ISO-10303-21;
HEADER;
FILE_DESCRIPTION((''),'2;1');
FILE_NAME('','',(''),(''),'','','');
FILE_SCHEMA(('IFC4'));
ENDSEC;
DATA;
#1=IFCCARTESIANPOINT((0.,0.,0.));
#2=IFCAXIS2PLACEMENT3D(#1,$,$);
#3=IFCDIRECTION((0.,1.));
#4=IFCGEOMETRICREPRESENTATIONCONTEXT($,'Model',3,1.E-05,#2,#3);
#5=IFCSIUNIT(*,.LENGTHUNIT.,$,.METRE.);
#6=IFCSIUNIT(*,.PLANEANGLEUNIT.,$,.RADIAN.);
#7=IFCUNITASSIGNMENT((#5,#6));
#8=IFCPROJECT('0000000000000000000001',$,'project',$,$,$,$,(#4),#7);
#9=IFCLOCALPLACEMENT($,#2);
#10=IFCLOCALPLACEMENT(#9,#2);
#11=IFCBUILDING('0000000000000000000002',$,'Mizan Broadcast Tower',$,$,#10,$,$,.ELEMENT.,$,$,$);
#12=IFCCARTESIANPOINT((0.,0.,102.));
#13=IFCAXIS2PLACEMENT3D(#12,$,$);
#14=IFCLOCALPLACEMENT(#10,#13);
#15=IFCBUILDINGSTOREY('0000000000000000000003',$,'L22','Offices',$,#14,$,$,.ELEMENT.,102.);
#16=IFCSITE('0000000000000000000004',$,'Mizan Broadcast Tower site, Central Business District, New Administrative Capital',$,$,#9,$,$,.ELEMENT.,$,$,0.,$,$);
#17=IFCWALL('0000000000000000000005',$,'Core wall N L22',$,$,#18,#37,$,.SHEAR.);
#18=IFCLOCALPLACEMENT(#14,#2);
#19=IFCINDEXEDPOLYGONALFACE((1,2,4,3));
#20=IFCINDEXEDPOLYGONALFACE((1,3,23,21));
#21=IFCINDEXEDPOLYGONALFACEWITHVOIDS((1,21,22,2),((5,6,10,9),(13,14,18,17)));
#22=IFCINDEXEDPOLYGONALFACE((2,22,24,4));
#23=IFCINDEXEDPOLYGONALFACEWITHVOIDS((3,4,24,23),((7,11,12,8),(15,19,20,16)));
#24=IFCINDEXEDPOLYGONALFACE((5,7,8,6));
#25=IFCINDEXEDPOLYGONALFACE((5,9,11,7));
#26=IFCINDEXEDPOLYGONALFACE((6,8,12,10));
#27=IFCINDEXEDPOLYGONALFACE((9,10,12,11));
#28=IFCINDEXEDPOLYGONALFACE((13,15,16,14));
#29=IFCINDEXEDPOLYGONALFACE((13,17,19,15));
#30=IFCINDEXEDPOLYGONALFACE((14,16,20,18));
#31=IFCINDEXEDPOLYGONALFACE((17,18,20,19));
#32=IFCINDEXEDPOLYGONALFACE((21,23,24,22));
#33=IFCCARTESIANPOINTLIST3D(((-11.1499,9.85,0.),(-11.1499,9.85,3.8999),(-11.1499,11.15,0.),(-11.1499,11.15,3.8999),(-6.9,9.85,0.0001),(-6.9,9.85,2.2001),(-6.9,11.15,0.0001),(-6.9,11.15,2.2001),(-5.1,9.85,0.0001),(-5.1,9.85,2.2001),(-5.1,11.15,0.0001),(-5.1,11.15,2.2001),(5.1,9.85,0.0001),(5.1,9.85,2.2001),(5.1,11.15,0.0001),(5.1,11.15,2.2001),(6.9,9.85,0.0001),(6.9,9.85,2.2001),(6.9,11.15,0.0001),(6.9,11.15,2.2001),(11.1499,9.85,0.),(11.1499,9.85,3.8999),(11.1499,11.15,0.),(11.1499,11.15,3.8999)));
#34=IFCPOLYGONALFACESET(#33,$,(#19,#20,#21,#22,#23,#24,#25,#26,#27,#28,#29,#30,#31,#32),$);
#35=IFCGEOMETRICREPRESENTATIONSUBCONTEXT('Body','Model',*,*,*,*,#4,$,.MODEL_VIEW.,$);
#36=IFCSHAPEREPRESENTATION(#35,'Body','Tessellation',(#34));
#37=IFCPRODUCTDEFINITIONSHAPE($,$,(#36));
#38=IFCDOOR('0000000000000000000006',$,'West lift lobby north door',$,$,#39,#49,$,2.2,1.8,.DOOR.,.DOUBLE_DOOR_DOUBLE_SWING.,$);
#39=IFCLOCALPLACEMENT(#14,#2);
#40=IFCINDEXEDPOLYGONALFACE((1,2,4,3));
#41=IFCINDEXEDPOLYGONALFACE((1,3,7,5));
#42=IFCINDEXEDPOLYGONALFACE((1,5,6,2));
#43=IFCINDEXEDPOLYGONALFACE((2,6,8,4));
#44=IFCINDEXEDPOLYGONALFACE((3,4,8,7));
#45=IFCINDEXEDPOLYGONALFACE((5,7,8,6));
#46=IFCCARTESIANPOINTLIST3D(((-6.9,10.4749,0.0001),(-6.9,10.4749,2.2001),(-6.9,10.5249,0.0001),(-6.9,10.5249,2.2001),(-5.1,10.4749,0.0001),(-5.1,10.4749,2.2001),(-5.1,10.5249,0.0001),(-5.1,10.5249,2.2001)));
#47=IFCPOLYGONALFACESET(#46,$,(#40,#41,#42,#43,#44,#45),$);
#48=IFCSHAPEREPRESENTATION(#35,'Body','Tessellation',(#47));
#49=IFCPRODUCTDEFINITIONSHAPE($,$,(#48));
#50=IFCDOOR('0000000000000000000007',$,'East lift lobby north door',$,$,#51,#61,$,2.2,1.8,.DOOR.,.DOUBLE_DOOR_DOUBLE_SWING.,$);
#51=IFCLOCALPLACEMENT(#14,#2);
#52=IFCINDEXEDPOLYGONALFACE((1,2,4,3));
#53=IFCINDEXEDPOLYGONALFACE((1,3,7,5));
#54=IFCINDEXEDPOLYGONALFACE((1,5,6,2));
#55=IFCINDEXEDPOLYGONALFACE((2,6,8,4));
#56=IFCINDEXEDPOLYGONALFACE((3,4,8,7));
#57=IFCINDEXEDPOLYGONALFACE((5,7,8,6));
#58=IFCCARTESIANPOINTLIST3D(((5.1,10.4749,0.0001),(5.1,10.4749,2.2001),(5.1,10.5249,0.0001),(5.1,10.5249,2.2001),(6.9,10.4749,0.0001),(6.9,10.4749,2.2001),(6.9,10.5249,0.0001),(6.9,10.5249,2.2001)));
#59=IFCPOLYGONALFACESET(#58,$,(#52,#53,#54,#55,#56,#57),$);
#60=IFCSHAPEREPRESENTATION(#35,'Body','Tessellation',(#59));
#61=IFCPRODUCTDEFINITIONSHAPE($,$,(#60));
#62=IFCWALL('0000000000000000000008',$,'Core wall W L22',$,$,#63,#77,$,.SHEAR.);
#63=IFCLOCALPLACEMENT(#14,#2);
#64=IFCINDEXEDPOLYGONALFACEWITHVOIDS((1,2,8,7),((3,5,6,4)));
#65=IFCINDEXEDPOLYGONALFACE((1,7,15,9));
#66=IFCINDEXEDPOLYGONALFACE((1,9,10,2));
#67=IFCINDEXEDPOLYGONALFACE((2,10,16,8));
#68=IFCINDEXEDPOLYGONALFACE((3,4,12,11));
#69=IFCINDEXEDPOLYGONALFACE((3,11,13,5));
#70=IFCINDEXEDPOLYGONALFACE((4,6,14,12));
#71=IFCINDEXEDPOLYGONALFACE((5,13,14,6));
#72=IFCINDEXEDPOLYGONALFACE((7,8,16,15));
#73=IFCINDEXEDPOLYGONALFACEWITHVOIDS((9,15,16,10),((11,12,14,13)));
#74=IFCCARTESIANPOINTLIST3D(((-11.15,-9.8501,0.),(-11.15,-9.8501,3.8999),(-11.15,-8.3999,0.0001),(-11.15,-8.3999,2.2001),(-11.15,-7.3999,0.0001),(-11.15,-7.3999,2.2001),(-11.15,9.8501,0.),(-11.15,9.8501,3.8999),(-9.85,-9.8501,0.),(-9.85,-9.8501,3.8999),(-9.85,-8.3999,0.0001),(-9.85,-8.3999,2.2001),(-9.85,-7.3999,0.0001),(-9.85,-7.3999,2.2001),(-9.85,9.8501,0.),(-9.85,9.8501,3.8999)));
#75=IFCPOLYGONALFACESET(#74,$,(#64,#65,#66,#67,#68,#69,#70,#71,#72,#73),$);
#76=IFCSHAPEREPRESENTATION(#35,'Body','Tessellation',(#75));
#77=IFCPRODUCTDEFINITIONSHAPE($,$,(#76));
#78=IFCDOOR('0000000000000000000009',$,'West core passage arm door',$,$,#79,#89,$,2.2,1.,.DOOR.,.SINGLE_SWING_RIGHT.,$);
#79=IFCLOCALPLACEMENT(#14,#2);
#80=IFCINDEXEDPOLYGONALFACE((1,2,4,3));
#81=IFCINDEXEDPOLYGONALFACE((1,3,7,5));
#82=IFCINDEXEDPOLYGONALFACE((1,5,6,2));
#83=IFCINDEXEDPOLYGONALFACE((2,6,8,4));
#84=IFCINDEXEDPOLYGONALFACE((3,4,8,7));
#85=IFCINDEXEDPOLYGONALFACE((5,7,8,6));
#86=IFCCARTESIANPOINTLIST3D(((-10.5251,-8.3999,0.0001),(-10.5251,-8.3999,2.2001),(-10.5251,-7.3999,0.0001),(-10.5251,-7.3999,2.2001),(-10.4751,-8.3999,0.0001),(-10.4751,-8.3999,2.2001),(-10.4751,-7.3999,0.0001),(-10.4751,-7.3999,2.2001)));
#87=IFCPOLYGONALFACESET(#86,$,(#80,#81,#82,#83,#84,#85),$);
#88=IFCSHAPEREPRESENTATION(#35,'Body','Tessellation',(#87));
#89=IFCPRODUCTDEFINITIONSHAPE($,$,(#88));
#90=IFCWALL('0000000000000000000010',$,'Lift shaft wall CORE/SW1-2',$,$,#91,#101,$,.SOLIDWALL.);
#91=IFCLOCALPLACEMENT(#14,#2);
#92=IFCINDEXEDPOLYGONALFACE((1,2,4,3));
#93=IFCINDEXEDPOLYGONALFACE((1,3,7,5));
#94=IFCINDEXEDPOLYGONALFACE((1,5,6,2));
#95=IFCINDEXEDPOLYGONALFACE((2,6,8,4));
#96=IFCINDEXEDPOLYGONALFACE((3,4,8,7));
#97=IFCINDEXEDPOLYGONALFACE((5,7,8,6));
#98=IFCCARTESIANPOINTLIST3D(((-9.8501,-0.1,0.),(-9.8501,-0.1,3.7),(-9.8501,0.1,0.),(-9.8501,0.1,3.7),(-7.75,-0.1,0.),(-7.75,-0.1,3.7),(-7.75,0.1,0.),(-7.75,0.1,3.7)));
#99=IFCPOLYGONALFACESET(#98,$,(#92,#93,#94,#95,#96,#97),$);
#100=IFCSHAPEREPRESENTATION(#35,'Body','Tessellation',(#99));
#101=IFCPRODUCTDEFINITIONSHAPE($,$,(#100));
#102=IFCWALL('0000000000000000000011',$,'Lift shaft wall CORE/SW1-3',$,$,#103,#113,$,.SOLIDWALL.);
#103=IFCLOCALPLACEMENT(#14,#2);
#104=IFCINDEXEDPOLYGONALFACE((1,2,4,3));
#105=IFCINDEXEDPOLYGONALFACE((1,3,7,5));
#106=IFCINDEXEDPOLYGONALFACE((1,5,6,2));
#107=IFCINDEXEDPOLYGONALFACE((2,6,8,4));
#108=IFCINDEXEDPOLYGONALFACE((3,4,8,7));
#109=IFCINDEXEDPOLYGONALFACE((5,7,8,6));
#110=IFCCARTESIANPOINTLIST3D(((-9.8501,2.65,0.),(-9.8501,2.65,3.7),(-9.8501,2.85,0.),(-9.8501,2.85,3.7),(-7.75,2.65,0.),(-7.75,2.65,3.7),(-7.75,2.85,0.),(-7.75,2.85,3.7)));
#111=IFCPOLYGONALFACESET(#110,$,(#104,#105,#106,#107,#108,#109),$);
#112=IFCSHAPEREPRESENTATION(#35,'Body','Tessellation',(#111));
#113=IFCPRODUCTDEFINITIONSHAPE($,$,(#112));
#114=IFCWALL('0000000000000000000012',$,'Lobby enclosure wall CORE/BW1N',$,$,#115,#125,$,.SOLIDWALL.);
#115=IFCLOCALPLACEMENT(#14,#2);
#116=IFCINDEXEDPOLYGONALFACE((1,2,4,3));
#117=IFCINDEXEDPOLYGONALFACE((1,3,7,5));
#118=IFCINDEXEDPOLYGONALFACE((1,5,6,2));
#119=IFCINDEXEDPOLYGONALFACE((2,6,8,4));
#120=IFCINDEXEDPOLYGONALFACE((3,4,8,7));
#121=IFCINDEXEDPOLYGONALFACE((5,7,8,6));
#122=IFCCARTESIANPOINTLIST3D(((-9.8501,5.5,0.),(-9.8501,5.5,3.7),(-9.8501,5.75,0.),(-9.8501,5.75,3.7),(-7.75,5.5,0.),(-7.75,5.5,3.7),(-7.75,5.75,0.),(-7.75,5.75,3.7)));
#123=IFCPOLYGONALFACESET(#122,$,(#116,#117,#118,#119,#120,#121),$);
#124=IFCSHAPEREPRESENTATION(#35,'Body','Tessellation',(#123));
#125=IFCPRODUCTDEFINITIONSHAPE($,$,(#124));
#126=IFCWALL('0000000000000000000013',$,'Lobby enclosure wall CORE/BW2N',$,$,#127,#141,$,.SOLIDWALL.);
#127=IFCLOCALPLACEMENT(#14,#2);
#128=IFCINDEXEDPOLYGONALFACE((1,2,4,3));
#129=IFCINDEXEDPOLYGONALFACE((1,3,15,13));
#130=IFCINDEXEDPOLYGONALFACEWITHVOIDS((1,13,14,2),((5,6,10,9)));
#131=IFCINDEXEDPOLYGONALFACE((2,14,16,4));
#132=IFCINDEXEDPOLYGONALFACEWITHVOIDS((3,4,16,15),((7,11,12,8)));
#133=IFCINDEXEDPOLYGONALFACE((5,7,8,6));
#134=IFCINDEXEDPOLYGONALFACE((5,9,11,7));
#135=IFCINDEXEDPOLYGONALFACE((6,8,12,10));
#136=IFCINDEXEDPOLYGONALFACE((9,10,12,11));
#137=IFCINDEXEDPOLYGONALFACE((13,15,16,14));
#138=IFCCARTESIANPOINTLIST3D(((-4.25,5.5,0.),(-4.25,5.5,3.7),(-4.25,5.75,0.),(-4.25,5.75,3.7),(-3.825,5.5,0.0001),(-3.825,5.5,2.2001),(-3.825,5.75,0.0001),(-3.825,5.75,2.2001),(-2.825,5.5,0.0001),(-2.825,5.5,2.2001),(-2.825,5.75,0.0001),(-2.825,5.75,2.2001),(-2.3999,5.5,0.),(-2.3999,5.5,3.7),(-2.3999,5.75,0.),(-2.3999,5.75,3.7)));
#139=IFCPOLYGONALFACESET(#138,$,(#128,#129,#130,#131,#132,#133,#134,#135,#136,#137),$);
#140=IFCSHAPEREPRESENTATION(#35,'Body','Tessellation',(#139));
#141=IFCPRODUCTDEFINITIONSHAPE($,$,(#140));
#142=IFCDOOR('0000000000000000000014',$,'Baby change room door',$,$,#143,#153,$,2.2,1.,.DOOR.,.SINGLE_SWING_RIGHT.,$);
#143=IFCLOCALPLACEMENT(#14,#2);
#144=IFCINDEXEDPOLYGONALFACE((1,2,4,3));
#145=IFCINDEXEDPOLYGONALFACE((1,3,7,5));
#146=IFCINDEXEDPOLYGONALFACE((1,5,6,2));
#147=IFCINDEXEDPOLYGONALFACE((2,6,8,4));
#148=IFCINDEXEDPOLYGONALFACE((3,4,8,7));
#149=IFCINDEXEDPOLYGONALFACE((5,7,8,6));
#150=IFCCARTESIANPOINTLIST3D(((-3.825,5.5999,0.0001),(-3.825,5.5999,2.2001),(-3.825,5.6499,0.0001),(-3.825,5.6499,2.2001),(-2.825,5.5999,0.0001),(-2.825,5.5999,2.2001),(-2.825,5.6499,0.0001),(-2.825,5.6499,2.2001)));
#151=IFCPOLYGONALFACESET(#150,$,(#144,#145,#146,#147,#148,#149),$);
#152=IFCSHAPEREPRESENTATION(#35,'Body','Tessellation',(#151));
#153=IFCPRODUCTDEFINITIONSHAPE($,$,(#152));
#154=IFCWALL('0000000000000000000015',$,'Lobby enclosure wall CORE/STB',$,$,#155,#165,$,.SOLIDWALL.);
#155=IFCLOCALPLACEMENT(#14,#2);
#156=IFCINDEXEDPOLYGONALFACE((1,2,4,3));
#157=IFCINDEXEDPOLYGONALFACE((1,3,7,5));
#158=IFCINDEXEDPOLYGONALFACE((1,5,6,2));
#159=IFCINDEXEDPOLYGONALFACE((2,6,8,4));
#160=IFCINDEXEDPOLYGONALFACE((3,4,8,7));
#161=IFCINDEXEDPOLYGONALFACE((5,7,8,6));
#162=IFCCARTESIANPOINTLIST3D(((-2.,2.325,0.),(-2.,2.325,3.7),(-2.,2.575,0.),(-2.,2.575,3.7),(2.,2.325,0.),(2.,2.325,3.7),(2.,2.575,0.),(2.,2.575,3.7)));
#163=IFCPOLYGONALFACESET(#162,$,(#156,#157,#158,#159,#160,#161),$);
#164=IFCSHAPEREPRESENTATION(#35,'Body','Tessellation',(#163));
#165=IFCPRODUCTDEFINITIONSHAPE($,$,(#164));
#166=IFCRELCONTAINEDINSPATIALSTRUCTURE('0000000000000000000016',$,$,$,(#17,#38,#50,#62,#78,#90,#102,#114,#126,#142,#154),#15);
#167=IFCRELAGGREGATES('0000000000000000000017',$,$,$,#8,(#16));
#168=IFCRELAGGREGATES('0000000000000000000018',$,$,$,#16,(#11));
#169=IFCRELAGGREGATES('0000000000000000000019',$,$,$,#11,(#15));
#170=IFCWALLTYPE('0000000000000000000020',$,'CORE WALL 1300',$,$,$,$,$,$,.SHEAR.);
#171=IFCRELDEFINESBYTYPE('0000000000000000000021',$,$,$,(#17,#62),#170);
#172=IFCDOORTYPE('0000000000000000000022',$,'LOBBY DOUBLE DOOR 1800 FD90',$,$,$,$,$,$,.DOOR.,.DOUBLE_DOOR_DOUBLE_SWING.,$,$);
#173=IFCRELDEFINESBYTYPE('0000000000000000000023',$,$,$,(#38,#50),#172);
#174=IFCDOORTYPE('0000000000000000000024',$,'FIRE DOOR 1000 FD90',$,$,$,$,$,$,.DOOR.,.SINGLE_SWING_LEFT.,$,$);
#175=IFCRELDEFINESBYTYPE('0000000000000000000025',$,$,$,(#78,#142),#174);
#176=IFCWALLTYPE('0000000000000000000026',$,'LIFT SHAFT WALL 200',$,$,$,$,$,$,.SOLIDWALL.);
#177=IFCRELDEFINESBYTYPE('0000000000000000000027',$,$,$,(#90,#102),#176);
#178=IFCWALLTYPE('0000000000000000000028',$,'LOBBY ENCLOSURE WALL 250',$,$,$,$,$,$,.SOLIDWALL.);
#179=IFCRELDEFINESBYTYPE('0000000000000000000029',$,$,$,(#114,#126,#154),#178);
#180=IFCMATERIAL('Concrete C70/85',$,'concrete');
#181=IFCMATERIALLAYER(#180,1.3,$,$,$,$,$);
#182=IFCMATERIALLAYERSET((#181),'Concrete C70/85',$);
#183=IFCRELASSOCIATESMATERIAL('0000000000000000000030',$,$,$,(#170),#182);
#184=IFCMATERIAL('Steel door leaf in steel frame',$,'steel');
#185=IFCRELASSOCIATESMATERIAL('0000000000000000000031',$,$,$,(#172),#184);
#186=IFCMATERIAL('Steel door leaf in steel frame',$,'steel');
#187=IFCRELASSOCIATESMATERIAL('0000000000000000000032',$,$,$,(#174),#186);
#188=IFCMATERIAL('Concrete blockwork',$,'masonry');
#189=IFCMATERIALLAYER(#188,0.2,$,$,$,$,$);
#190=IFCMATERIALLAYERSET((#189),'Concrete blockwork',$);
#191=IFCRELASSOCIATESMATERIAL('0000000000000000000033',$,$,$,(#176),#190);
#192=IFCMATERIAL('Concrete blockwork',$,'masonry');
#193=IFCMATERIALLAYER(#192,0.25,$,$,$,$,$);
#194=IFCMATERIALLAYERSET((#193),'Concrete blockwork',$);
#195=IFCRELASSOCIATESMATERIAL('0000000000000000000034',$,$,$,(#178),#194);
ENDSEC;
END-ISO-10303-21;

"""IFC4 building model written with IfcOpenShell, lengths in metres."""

from ifc_helpers import new_model, si_unit, direction, frame, frame_2d, origin, place, context, subcontext, project, spatial, rectangle, extrude, material, layer, layer_set, type_object, element, fill, save


model = new_model("IFC4")

# Units and contexts
model_context = context("Model", 3, precision=1e-05, world=origin(), true_north=direction((0.0, 1.0)))
body_context = subcontext(model_context, "Body", "Model", "MODEL_VIEW")
ifc_project = project(units=[si_unit("LENGTHUNIT", "METRE"), si_unit("PLANEANGLEUNIT", "RADIAN")], contexts=[model_context])

# Site, building, storey
site_placement = place(None, origin())
site = spatial("IfcSite", under=ifc_project, at=site_placement, Name="Mizan Broadcast Tower site, Central Business District, New Administrative Capital", CompositionType="ELEMENT", RefElevation=0.0)
building_placement = place(site_placement, origin())
building = spatial("IfcBuilding", under=site, at=building_placement, Name="Mizan Broadcast Tower", CompositionType="ELEMENT")
storey_placement = place(building_placement, frame((0.0, 0.0, 102.0)))
storey = spatial("IfcBuildingStorey", under=building, at=storey_placement, Name="L22", Description="Offices", CompositionType="ELEMENT", Elevation=102.0)

# Wall, openings, doors
ifc_material_1 = material(Name="Concrete C70/85", Category="concrete")
ifc_layer_1 = layer(ifc_material_1, 1.3)
ifc_layer_set_1 = layer_set([ifc_layer_1], Name="Concrete C70/85")
wall_type_1 = type_object("IfcWallType", Name="CORE WALL 1300", PredefinedType="SHEAR", material=ifc_layer_set_1)
wall_1_placement = place(storey_placement, frame((-11.1499, 10.5, 0.0), z_axis=(0.0, 0.0, 1.0), x_axis=(1.0, 0.0, 0.0)))
wall_1 = element("IfcWall", 1, at=wall_1_placement, inside=storey, type_object=wall_type_1, Name="Core wall N L22", PredefinedType="SHEAR", context=body_context, shape_type="SweptSolid", body=[
    extrude(rectangle(XDim=22.2998, YDim=1.3, at=frame_2d((11.1499, 0.0))), origin(), (0.0, 0.0, 1.0), 3.8999),
])
opening_1_placement = place(wall_1_placement, frame((4.25, 0.0, 0.0)))
opening_1 = element("IfcOpeningElement", 2, at=opening_1_placement, cuts=wall_1, PredefinedType="OPENING", context=body_context, shape_type="SweptSolid", body=[
    extrude(rectangle(XDim=1.8, YDim=2.2, at=frame_2d((0.8999, 1.1001))), frame((0.0, 0.6599, 0.0), z_axis=(0.0, -1.0, 0.0), x_axis=(1.0, 0.0, 0.0)), (0.0, 0.0, 1.0), 1.3201),
])
opening_2_placement = place(wall_1_placement, frame((16.25, 0.0, 0.0)))
opening_2 = element("IfcOpeningElement", 3, at=opening_2_placement, cuts=wall_1, PredefinedType="OPENING", context=body_context, shape_type="SweptSolid", body=[
    extrude(rectangle(XDim=1.8, YDim=2.2, at=frame_2d((0.8999, 1.1001))), frame((0.0, 0.6599, 0.0), z_axis=(0.0, -1.0, 0.0), x_axis=(1.0, 0.0, 0.0)), (0.0, 0.0, 1.0), 1.3201),
])
ifc_material_2 = material(Name="Steel door leaf in steel frame", Category="steel")
door_type_1 = type_object("IfcDoorType", Name="LOBBY DOUBLE DOOR 1800 FD90", OperationType="DOUBLE_DOOR_DOUBLE_SWING", PredefinedType="DOOR", material=ifc_material_2)
door_1_placement = place(opening_1_placement, origin())
door_1 = element("IfcDoor", 4, at=door_1_placement, inside=storey, type_object=door_type_1, Name="West lift lobby north door", OperationType="DOUBLE_DOOR_DOUBLE_SWING", OverallHeight=2.2, OverallWidth=1.8, PredefinedType="DOOR", context=body_context, shape_type="SweptSolid", body=[
    extrude(rectangle(XDim=1.8, YDim=2.2, at=frame_2d((0.8999, 1.1001))), frame((0.0, 0.0249, 0.0), z_axis=(0.0, -1.0, 0.0), x_axis=(1.0, 0.0, 0.0)), (0.0, 0.0, 1.0), 0.05),
])
fill(opening_1, door_1)
door_2_placement = place(opening_2_placement, origin())
door_2 = element("IfcDoor", 5, at=door_2_placement, inside=storey, type_object=door_type_1, Name="East lift lobby north door", OperationType="DOUBLE_DOOR_DOUBLE_SWING", OverallHeight=2.2, OverallWidth=1.8, PredefinedType="DOOR", context=body_context, shape_type="SweptSolid", body=[
    extrude(rectangle(XDim=1.8, YDim=2.2, at=frame_2d((0.8999, 1.1001))), frame((0.0, 0.0249, 0.0), z_axis=(0.0, -1.0, 0.0), x_axis=(1.0, 0.0, 0.0)), (0.0, 0.0, 1.0), 0.05),
])
fill(opening_2, door_2)

# Wall, opening, door
wall_2_placement = place(storey_placement, frame((-10.5, 9.8501, 0.0), z_axis=(0.0, 0.0, 1.0), x_axis=(0.0, -1.0, 0.0)))
wall_2 = element("IfcWall", 6, at=wall_2_placement, inside=storey, type_object=wall_type_1, Name="Core wall W L22", PredefinedType="SHEAR", context=body_context, shape_type="SweptSolid", body=[
    extrude(rectangle(XDim=19.7002, YDim=1.3, at=frame_2d((9.8501, 0.0))), origin(), (0.0, 0.0, 1.0), 3.8999),
])
opening_3_placement = place(wall_2_placement, frame((17.25, 0.0, 0.0)))
opening_3 = element("IfcOpeningElement", 7, at=opening_3_placement, cuts=wall_2, PredefinedType="OPENING", context=body_context, shape_type="SweptSolid", body=[
    extrude(rectangle(XDim=1.0, YDim=2.2, at=frame_2d((0.5, 1.1001))), frame((0.0, 0.6599, 0.0), z_axis=(0.0, -1.0, 0.0), x_axis=(1.0, 0.0, 0.0)), (0.0, 0.0, 1.0), 1.3201),
])
ifc_material_3 = material(Name="Steel door leaf in steel frame", Category="steel")
door_type_2 = type_object("IfcDoorType", Name="FIRE DOOR 1000 FD90", OperationType="SINGLE_SWING_LEFT", PredefinedType="DOOR", material=ifc_material_3)
door_3_placement = place(opening_3_placement, origin())
door_3 = element("IfcDoor", 8, at=door_3_placement, inside=storey, type_object=door_type_2, Name="West core passage arm door", OperationType="SINGLE_SWING_RIGHT", OverallHeight=2.2, OverallWidth=1.0, PredefinedType="DOOR", context=body_context, shape_type="SweptSolid", body=[
    extrude(rectangle(XDim=1.0, YDim=2.2, at=frame_2d((0.5, 1.1001))), frame((0.0, 0.0249, 0.0), z_axis=(0.0, -1.0, 0.0), x_axis=(1.0, 0.0, 0.0)), (0.0, 0.0, 1.0), 0.05),
])
fill(opening_3, door_3)

# Walls
ifc_material_4 = material(Name="Concrete blockwork", Category="masonry")
ifc_layer_2 = layer(ifc_material_4, 0.2)
ifc_layer_set_2 = layer_set([ifc_layer_2], Name="Concrete blockwork")
wall_type_2 = type_object("IfcWallType", Name="LIFT SHAFT WALL 200", PredefinedType="SOLIDWALL", material=ifc_layer_set_2)
for number, where, z_axis, x_axis, name in (
    (9, (-9.8501, 0.0, 0.0), (0.0, 0.0, 1.0), (1.0, 0.0, 0.0), "Lift shaft wall CORE/SW1-2"),
    (10, (-9.8501, 2.75, 0.0), (0.0, 0.0, 1.0), (1.0, 0.0, 0.0), "Lift shaft wall CORE/SW1-3"),
):
    element("IfcWall", number, at=place(storey_placement, frame(where, z_axis=z_axis, x_axis=x_axis)), inside=storey, type_object=wall_type_2, Name=name, PredefinedType="SOLIDWALL", context=body_context, shape_type="SweptSolid", body=[
        extrude(rectangle(XDim=2.1001, YDim=0.2, at=frame_2d((1.05, 0.0))), origin(), (0.0, 0.0, 1.0), 3.7),
    ])
ifc_material_5 = material(Name="Concrete blockwork", Category="masonry")
ifc_layer_3 = layer(ifc_material_5, 0.25)
ifc_layer_set_3 = layer_set([ifc_layer_3], Name="Concrete blockwork")
wall_type_3 = type_object("IfcWallType", Name="LOBBY ENCLOSURE WALL 250", PredefinedType="SOLIDWALL", material=ifc_layer_set_3)
wall_3_placement = place(storey_placement, frame((-9.8501, 5.625, 0.0), z_axis=(0.0, 0.0, 1.0), x_axis=(1.0, 0.0, 0.0)))
element("IfcWall", 11, at=wall_3_placement, inside=storey, type_object=wall_type_3, Name="Lobby enclosure wall CORE/BW1N", PredefinedType="SOLIDWALL", context=body_context, shape_type="SweptSolid", body=[
    extrude(rectangle(XDim=2.1001, YDim=0.25, at=frame_2d((1.05, 0.0))), origin(), (0.0, 0.0, 1.0), 3.7),
])

# Wall, opening, door
wall_4_placement = place(storey_placement, frame((-4.25, 5.625, 0.0), z_axis=(0.0, 0.0, 1.0), x_axis=(1.0, 0.0, 0.0)))
wall_4 = element("IfcWall", 12, at=wall_4_placement, inside=storey, type_object=wall_type_3, Name="Lobby enclosure wall CORE/BW2N", PredefinedType="SOLIDWALL", context=body_context, shape_type="SweptSolid", body=[
    extrude(rectangle(XDim=1.8501, YDim=0.25, at=frame_2d((0.925, 0.0))), origin(), (0.0, 0.0, 1.0), 3.7),
])
opening_4_placement = place(wall_4_placement, frame((0.425, 0.0, 0.0)))
opening_4 = element("IfcOpeningElement", 13, at=opening_4_placement, cuts=wall_4, PredefinedType="OPENING", context=body_context, shape_type="SweptSolid", body=[
    extrude(rectangle(XDim=1.0, YDim=2.2, at=frame_2d((0.5, 1.1001))), frame((0.0, 0.135, 0.0), z_axis=(0.0, -1.0, 0.0), x_axis=(1.0, 0.0, 0.0)), (0.0, 0.0, 1.0), 0.27),
])
door_4_placement = place(opening_4_placement, origin())
door_4 = element("IfcDoor", 14, at=door_4_placement, inside=storey, type_object=door_type_2, Name="Baby change room door", OperationType="SINGLE_SWING_RIGHT", OverallHeight=2.2, OverallWidth=1.0, PredefinedType="DOOR", context=body_context, shape_type="SweptSolid", body=[
    extrude(rectangle(XDim=1.0, YDim=2.2, at=frame_2d((0.5, 1.1001))), frame((0.0, 0.0249, 0.0), z_axis=(0.0, -1.0, 0.0), x_axis=(1.0, 0.0, 0.0)), (0.0, 0.0, 1.0), 0.05),
])
fill(opening_4, door_4)

# Wall
wall_5_placement = place(storey_placement, frame((-2.0, 2.45, 0.0), z_axis=(0.0, 0.0, 1.0), x_axis=(1.0, 0.0, 0.0)))
element("IfcWall", 15, at=wall_5_placement, inside=storey, type_object=wall_type_3, Name="Lobby enclosure wall CORE/STB", PredefinedType="SOLIDWALL", context=body_context, shape_type="SweptSolid", body=[
    extrude(rectangle(XDim=4.0, YDim=0.25, at=frame_2d((2.0, 0.0))), origin(), (0.0, 0.0, 1.0), 3.7),
])

save(model, "model.ifc")
